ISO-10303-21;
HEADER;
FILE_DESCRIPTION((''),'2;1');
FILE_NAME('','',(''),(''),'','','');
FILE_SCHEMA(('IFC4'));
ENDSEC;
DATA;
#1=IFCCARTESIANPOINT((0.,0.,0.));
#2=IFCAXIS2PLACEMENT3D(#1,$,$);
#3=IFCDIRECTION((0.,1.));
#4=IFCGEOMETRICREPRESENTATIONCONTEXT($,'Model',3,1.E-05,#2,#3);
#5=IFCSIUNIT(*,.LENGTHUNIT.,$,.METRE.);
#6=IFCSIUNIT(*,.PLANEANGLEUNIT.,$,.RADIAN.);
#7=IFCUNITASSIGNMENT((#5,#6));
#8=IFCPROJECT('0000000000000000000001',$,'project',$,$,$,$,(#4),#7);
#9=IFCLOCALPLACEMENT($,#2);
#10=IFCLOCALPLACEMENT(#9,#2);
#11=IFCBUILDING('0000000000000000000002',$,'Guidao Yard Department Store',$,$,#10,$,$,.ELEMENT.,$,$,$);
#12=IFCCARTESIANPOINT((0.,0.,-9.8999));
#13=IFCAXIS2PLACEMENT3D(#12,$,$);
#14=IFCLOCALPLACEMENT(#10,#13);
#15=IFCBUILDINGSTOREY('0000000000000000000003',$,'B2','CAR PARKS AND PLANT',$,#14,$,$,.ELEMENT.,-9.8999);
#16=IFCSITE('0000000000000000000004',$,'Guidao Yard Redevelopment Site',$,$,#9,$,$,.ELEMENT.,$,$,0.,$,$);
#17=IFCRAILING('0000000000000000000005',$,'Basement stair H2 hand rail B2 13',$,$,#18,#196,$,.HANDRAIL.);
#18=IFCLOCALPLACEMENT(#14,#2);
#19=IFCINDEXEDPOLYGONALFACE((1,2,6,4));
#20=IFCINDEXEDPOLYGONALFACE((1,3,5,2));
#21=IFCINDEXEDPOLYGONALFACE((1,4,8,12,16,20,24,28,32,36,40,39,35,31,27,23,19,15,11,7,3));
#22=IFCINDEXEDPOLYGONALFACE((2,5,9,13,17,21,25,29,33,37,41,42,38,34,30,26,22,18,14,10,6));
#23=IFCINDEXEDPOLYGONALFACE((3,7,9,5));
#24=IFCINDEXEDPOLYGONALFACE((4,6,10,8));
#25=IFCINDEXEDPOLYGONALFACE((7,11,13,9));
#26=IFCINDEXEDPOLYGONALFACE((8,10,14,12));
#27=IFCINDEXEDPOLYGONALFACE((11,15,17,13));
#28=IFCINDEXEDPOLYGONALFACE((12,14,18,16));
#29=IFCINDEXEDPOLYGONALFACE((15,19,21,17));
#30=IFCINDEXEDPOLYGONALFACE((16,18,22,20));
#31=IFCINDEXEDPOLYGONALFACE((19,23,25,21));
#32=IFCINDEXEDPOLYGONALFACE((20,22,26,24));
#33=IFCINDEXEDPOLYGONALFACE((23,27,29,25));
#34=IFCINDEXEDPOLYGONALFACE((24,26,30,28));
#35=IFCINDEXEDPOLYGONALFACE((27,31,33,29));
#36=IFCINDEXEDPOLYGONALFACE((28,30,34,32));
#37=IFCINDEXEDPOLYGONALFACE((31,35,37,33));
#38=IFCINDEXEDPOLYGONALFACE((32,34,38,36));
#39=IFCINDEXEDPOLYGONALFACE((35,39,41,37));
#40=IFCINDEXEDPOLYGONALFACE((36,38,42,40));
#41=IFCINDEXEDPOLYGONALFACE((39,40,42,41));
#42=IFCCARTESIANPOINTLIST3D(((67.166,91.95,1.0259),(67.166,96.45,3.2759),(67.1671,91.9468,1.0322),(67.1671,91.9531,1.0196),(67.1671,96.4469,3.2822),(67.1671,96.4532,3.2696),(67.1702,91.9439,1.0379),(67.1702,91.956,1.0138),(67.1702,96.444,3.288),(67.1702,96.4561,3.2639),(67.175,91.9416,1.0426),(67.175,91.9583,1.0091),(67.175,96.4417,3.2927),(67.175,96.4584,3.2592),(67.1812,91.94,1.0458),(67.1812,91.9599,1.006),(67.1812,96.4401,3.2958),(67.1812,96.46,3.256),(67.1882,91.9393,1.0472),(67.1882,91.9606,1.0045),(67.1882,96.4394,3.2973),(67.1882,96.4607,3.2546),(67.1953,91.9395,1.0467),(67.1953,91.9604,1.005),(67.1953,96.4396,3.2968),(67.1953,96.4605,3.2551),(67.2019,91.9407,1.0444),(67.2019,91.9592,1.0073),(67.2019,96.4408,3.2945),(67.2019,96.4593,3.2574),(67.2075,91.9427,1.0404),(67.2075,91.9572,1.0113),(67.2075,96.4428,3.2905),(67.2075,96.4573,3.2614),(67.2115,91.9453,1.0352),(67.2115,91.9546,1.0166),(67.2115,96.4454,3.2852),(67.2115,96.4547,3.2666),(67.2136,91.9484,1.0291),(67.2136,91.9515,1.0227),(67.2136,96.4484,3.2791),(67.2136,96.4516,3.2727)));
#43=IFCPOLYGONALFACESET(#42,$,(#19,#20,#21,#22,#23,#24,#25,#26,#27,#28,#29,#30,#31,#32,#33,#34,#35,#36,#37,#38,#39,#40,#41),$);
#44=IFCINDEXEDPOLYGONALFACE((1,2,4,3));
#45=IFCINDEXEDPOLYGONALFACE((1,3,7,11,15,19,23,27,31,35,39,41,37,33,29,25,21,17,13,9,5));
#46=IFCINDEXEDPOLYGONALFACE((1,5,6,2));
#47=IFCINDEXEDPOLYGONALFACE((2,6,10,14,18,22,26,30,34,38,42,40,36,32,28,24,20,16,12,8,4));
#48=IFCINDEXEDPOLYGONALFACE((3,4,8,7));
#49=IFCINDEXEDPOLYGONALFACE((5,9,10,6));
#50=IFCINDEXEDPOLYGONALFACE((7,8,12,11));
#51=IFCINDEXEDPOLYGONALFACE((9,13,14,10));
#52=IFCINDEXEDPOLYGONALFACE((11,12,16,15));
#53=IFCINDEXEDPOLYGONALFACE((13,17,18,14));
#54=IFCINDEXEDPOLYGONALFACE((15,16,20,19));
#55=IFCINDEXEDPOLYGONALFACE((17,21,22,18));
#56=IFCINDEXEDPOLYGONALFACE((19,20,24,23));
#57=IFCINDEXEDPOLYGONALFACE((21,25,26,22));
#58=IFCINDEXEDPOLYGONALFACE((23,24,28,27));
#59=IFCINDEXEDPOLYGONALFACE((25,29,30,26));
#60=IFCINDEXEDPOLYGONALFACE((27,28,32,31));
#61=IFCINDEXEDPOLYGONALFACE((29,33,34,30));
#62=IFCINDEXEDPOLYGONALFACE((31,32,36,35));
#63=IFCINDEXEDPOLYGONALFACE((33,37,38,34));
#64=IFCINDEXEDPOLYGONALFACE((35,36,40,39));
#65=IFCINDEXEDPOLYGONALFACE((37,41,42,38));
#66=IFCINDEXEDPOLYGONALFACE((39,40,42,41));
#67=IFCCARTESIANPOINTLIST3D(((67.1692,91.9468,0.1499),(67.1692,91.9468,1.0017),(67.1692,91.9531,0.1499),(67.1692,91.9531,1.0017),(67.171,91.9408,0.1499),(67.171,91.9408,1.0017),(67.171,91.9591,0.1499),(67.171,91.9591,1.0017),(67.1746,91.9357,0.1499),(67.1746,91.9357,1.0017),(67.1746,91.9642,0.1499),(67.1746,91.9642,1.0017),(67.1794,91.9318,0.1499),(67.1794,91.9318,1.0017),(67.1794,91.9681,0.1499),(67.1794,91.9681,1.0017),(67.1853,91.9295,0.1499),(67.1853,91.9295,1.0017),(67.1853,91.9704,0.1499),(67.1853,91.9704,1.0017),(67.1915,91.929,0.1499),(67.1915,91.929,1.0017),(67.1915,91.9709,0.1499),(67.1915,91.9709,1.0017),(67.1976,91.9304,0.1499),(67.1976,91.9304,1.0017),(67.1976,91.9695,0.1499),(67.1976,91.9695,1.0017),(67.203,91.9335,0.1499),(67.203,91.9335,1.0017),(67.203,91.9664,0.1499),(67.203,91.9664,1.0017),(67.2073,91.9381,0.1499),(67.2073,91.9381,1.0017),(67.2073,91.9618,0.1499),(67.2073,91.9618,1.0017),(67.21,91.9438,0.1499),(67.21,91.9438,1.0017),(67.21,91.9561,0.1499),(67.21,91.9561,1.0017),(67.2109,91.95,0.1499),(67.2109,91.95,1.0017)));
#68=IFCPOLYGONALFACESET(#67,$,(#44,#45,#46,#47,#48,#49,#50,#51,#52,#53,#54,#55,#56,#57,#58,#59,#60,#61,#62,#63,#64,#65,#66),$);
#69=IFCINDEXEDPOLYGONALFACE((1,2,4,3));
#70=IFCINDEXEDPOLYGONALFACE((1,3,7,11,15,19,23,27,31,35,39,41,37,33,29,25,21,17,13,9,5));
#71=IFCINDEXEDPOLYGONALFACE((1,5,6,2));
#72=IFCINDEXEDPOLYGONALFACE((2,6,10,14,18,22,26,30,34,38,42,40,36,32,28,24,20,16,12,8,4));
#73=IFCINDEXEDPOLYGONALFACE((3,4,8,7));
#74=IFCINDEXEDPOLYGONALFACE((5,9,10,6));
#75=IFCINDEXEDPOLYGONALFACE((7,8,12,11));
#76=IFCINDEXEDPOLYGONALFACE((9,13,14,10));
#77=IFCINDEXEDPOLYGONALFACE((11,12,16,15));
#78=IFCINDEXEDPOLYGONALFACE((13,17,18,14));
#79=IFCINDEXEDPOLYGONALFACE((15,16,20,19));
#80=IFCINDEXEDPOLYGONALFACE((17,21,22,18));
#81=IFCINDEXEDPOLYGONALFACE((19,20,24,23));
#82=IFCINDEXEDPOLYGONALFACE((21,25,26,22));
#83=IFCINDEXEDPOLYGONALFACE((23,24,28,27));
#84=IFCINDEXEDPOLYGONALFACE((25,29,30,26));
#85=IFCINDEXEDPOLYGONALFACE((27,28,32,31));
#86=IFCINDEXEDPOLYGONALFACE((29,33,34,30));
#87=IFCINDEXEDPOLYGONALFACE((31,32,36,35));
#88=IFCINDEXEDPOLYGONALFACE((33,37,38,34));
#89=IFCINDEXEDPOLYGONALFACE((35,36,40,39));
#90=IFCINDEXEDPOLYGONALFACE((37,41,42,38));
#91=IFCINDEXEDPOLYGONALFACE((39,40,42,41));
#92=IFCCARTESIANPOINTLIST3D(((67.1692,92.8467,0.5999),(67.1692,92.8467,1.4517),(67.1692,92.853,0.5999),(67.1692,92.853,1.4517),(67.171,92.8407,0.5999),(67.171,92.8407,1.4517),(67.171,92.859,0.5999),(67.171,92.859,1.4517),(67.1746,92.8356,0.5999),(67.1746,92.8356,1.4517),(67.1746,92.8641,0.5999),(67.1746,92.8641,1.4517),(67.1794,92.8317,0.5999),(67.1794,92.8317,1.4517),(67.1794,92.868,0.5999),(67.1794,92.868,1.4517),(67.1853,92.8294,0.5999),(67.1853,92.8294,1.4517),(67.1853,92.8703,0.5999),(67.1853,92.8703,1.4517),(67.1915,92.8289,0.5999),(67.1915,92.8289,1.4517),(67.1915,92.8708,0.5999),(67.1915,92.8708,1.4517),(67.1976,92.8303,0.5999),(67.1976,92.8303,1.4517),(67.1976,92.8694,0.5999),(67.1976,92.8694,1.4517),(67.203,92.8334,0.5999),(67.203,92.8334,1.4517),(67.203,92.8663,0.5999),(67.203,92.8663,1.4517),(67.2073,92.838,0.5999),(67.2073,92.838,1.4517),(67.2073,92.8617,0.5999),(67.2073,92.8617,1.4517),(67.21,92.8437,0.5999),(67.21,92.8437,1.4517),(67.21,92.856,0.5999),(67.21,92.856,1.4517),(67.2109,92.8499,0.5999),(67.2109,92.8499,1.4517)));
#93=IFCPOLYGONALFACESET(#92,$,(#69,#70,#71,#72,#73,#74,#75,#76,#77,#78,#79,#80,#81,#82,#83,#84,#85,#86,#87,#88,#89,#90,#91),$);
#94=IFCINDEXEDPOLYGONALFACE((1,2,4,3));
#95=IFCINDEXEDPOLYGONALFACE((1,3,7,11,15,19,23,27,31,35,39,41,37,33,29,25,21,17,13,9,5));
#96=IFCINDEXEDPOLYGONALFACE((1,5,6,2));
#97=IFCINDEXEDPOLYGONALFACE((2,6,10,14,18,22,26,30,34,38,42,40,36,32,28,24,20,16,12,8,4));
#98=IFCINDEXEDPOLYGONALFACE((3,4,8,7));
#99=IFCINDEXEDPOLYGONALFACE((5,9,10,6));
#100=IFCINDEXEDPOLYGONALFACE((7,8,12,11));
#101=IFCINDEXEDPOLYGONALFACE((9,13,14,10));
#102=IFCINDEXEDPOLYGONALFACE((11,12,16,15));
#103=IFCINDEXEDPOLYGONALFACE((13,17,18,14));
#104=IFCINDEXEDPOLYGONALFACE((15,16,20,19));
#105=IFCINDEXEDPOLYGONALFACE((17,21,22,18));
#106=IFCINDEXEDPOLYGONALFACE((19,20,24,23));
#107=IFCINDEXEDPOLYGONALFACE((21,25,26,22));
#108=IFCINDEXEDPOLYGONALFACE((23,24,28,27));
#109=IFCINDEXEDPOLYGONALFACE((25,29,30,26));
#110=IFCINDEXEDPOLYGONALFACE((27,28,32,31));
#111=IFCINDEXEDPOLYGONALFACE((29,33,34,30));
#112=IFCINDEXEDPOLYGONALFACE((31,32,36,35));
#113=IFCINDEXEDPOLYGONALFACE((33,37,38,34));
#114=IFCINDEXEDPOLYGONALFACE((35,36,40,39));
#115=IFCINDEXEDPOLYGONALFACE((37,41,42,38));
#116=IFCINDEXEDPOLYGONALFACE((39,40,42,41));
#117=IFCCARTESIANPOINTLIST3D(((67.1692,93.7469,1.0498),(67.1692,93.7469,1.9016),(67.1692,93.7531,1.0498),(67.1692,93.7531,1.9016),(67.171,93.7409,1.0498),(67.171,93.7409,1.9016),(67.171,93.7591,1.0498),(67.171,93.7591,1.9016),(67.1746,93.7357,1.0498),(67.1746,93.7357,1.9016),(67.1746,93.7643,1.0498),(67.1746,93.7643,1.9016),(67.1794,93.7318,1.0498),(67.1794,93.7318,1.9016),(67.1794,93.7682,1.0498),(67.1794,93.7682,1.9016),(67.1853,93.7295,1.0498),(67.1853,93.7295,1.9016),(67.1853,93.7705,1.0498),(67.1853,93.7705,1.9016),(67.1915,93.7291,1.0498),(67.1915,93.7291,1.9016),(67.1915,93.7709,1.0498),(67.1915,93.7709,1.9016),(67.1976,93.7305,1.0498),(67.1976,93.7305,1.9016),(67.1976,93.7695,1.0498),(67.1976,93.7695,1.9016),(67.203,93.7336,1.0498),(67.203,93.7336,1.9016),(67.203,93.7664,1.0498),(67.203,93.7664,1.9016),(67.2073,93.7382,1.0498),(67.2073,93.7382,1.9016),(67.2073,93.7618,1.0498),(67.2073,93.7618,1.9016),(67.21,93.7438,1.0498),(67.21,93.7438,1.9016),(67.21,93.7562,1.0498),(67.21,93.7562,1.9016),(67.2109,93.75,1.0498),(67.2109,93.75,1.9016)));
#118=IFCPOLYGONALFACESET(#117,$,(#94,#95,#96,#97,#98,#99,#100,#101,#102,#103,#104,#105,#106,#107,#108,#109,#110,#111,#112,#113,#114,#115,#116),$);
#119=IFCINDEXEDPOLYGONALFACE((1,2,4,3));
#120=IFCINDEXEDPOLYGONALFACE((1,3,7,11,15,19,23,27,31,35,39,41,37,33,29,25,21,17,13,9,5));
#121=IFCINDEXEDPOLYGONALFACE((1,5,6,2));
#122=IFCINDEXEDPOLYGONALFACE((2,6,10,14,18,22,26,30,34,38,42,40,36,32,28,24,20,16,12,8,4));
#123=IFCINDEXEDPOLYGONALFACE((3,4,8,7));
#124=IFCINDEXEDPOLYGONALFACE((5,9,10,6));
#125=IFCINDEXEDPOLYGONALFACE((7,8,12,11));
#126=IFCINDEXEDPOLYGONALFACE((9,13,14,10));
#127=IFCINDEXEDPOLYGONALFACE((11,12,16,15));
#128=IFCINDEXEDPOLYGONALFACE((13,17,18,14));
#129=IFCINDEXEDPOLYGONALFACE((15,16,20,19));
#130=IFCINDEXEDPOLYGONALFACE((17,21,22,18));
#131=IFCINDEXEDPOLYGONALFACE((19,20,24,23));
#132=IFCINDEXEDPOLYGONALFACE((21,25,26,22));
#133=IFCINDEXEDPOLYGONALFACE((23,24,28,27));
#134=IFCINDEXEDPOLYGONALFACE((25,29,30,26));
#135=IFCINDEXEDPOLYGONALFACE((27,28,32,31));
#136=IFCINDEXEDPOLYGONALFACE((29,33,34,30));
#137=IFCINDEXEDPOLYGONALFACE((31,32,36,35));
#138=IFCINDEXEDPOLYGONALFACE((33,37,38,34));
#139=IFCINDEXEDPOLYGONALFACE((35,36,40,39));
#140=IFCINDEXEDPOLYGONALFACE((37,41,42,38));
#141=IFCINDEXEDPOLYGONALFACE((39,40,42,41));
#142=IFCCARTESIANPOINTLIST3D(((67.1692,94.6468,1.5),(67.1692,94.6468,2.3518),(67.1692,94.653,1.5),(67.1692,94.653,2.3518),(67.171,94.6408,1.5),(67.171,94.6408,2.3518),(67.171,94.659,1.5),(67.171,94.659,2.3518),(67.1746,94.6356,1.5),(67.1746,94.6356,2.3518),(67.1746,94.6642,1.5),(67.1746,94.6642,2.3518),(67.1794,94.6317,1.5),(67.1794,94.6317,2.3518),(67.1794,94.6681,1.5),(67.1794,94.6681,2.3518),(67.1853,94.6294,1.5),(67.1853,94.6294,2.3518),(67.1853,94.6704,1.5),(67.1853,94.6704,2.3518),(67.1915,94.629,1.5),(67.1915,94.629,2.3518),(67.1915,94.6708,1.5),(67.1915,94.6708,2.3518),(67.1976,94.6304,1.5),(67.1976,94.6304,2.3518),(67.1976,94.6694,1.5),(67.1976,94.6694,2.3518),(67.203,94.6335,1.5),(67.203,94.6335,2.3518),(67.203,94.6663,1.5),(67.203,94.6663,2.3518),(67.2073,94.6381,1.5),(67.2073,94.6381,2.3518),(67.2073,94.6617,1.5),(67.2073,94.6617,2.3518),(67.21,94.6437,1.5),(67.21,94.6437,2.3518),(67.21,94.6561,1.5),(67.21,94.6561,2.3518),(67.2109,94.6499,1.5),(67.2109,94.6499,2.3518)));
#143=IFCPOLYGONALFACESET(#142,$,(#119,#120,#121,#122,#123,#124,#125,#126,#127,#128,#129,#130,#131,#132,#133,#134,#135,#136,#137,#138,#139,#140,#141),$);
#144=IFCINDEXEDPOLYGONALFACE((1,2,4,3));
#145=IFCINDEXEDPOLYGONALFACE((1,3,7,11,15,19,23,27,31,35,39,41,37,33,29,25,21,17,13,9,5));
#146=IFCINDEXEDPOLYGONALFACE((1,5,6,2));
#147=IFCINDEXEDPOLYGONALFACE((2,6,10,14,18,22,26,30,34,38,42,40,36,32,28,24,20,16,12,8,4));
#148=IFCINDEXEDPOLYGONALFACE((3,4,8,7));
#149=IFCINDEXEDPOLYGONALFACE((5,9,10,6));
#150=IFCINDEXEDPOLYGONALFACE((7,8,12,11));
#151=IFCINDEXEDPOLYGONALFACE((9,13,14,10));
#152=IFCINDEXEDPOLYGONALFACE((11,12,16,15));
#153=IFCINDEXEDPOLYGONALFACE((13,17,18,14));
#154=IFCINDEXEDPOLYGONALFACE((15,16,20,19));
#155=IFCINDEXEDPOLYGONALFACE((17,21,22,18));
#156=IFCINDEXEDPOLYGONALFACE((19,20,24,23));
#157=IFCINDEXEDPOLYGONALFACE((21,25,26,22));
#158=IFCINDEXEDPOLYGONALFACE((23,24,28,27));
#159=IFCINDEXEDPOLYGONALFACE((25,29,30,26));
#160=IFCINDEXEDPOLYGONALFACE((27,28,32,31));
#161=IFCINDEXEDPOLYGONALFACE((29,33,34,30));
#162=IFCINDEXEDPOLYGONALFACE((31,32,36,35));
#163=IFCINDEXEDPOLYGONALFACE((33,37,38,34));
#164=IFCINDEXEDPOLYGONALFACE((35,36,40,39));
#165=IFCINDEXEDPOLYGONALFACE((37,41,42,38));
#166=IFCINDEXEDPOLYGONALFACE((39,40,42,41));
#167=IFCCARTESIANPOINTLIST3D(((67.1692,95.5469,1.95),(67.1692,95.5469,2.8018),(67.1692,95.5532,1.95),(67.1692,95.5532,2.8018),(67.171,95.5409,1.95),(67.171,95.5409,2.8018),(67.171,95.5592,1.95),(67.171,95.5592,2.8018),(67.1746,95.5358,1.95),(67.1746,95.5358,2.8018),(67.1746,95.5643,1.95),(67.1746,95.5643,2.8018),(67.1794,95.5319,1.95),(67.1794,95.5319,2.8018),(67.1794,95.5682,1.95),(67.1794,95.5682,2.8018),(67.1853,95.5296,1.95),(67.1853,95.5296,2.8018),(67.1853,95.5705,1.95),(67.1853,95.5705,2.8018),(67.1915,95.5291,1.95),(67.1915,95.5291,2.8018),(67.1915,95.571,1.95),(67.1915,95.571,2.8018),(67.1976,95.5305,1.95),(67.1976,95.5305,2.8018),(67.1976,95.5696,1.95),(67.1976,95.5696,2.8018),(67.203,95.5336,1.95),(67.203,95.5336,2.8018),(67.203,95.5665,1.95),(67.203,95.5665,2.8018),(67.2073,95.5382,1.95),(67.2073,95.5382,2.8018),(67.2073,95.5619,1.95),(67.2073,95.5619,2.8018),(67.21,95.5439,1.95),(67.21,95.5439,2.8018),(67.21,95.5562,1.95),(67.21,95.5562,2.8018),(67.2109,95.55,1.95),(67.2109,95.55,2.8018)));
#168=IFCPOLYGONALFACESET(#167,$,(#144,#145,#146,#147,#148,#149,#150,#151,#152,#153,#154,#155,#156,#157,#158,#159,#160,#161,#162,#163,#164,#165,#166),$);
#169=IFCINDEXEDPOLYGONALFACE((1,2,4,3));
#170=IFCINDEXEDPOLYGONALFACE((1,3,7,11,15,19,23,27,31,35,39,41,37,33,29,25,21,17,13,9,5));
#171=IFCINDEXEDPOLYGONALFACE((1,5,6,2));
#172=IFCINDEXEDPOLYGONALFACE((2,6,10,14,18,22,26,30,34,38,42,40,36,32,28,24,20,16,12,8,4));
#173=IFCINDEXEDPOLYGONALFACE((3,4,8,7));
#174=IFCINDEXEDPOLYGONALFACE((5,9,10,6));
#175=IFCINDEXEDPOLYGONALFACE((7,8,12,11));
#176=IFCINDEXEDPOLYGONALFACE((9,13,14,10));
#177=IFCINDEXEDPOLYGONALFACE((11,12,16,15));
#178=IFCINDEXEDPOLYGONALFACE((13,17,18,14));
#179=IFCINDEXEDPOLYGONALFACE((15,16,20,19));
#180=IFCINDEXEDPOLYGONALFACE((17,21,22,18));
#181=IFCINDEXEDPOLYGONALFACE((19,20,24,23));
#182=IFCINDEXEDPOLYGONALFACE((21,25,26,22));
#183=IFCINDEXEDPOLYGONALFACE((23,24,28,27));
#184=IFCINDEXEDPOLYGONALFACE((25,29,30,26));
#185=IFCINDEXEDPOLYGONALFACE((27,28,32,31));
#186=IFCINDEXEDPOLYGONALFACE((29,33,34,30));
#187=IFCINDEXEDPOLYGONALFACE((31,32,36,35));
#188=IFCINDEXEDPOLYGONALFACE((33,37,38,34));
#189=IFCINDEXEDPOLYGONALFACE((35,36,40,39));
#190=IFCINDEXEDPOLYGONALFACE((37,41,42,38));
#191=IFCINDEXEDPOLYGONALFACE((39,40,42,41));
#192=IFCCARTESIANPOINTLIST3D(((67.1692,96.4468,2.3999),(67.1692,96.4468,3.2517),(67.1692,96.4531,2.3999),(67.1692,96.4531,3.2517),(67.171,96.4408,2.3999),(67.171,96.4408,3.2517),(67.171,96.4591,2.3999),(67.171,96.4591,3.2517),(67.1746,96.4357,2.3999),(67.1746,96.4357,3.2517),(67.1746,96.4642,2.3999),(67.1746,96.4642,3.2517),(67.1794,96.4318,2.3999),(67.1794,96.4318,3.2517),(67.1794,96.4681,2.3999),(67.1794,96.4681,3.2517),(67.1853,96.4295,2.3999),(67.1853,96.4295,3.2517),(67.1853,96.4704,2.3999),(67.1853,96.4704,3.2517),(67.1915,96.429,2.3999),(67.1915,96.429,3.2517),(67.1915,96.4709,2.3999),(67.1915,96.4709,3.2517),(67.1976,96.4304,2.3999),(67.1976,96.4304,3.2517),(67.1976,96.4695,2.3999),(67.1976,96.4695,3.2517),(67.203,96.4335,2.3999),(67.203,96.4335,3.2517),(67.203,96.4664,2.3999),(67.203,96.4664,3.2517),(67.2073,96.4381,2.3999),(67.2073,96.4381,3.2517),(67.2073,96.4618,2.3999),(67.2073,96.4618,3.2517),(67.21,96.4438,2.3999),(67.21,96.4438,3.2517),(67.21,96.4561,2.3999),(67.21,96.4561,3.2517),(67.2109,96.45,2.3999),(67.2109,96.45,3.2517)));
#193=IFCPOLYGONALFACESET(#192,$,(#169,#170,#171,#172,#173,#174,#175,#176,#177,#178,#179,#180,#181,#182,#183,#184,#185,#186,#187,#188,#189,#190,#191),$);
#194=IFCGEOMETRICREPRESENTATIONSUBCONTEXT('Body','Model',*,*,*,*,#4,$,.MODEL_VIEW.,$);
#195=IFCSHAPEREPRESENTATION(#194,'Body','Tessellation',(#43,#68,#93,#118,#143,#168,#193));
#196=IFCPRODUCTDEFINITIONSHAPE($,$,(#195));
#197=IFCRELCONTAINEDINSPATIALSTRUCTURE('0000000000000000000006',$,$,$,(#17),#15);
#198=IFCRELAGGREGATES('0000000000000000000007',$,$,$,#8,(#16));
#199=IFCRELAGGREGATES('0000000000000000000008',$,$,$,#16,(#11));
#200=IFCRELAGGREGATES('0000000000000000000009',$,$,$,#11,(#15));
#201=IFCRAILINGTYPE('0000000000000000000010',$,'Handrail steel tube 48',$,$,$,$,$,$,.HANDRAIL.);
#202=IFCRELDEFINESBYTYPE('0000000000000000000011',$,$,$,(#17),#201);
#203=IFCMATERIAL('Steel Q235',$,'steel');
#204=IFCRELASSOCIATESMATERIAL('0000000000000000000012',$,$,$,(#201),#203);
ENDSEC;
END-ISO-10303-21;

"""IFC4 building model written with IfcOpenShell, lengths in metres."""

from ifc_helpers import new_model, si_unit, direction, frame, origin, origin_2d, place, context, subcontext, project, spatial, circle, extrude, material, type_object, element, save


model = new_model("IFC4")

# Units and contexts
model_context = context("Model", 3, precision=1e-05, world=origin(), true_north=direction((0.0, 1.0)))
body_context = subcontext(model_context, "Body", "Model", "MODEL_VIEW")
ifc_project = project(units=[si_unit("LENGTHUNIT", "METRE"), si_unit("PLANEANGLEUNIT", "RADIAN")], contexts=[model_context])

# Site, building, storey
site_placement = place(None, origin())
site = spatial("IfcSite", under=ifc_project, at=site_placement, Name="Guidao Yard Redevelopment Site", CompositionType="ELEMENT", RefElevation=0.0)
building_placement = place(site_placement, origin())
building = spatial("IfcBuilding", under=site, at=building_placement, Name="Guidao Yard Department Store", CompositionType="ELEMENT")
storey_placement = place(building_placement, frame((0.0, 0.0, -9.8999)))
storey = spatial("IfcBuildingStorey", under=building, at=storey_placement, Name="B2", Description="CAR PARKS AND PLANT", CompositionType="ELEMENT", Elevation=-9.8999)

# Railing
ifc_material_1 = material(Name="Steel Q235", Category="steel")
railing_type_1 = type_object("IfcRailingType", Name="Handrail steel tube 48", PredefinedType="HANDRAIL", material=ifc_material_1)
for number, where, name in (
    (1, (67.1899, 91.95, 0.1499), "Basement stair H2 hand rail B2 13"),
):
    element("IfcRailing", number, at=place(storey_placement, frame(where)), inside=storey, type_object=railing_type_1, Name=name, PredefinedType="HANDRAIL", context=body_context, shape_type="SweptSolid", body=[
        extrude(circle(Radius=0.0239, at=origin_2d()), frame((0.0, 0.0, 0.876), z_axis=(0.0, 0.894427, 0.447214), x_axis=(-1.0, 0.0, 0.0)), (0.0, 0.0, 1.0), 5.0312),
        extrude(circle(Radius=0.021, at=origin_2d()), origin(), (0.0, 0.0, 1.0), 0.8518),
        extrude(circle(Radius=0.021, at=origin_2d()), frame((0.0, 0.8999, 0.45)), (0.0, 0.0, 1.0), 0.8518),
        extrude(circle(Radius=0.021, at=origin_2d()), frame((0.0, 1.8, 0.8999)), (0.0, 0.0, 1.0), 0.8518),
        extrude(circle(Radius=0.021, at=origin_2d()), frame((0.0, 2.7, 1.3501)), (0.0, 0.0, 1.0), 0.8518),
        extrude(circle(Radius=0.021, at=origin_2d()), frame((0.0, 3.6001, 1.8)), (0.0, 0.0, 1.0), 0.8518),
        extrude(circle(Radius=0.021, at=origin_2d()), frame((0.0, 4.5, 2.25)), (0.0, 0.0, 1.0), 0.8518),
    ])

save(model, "model.ifc")
